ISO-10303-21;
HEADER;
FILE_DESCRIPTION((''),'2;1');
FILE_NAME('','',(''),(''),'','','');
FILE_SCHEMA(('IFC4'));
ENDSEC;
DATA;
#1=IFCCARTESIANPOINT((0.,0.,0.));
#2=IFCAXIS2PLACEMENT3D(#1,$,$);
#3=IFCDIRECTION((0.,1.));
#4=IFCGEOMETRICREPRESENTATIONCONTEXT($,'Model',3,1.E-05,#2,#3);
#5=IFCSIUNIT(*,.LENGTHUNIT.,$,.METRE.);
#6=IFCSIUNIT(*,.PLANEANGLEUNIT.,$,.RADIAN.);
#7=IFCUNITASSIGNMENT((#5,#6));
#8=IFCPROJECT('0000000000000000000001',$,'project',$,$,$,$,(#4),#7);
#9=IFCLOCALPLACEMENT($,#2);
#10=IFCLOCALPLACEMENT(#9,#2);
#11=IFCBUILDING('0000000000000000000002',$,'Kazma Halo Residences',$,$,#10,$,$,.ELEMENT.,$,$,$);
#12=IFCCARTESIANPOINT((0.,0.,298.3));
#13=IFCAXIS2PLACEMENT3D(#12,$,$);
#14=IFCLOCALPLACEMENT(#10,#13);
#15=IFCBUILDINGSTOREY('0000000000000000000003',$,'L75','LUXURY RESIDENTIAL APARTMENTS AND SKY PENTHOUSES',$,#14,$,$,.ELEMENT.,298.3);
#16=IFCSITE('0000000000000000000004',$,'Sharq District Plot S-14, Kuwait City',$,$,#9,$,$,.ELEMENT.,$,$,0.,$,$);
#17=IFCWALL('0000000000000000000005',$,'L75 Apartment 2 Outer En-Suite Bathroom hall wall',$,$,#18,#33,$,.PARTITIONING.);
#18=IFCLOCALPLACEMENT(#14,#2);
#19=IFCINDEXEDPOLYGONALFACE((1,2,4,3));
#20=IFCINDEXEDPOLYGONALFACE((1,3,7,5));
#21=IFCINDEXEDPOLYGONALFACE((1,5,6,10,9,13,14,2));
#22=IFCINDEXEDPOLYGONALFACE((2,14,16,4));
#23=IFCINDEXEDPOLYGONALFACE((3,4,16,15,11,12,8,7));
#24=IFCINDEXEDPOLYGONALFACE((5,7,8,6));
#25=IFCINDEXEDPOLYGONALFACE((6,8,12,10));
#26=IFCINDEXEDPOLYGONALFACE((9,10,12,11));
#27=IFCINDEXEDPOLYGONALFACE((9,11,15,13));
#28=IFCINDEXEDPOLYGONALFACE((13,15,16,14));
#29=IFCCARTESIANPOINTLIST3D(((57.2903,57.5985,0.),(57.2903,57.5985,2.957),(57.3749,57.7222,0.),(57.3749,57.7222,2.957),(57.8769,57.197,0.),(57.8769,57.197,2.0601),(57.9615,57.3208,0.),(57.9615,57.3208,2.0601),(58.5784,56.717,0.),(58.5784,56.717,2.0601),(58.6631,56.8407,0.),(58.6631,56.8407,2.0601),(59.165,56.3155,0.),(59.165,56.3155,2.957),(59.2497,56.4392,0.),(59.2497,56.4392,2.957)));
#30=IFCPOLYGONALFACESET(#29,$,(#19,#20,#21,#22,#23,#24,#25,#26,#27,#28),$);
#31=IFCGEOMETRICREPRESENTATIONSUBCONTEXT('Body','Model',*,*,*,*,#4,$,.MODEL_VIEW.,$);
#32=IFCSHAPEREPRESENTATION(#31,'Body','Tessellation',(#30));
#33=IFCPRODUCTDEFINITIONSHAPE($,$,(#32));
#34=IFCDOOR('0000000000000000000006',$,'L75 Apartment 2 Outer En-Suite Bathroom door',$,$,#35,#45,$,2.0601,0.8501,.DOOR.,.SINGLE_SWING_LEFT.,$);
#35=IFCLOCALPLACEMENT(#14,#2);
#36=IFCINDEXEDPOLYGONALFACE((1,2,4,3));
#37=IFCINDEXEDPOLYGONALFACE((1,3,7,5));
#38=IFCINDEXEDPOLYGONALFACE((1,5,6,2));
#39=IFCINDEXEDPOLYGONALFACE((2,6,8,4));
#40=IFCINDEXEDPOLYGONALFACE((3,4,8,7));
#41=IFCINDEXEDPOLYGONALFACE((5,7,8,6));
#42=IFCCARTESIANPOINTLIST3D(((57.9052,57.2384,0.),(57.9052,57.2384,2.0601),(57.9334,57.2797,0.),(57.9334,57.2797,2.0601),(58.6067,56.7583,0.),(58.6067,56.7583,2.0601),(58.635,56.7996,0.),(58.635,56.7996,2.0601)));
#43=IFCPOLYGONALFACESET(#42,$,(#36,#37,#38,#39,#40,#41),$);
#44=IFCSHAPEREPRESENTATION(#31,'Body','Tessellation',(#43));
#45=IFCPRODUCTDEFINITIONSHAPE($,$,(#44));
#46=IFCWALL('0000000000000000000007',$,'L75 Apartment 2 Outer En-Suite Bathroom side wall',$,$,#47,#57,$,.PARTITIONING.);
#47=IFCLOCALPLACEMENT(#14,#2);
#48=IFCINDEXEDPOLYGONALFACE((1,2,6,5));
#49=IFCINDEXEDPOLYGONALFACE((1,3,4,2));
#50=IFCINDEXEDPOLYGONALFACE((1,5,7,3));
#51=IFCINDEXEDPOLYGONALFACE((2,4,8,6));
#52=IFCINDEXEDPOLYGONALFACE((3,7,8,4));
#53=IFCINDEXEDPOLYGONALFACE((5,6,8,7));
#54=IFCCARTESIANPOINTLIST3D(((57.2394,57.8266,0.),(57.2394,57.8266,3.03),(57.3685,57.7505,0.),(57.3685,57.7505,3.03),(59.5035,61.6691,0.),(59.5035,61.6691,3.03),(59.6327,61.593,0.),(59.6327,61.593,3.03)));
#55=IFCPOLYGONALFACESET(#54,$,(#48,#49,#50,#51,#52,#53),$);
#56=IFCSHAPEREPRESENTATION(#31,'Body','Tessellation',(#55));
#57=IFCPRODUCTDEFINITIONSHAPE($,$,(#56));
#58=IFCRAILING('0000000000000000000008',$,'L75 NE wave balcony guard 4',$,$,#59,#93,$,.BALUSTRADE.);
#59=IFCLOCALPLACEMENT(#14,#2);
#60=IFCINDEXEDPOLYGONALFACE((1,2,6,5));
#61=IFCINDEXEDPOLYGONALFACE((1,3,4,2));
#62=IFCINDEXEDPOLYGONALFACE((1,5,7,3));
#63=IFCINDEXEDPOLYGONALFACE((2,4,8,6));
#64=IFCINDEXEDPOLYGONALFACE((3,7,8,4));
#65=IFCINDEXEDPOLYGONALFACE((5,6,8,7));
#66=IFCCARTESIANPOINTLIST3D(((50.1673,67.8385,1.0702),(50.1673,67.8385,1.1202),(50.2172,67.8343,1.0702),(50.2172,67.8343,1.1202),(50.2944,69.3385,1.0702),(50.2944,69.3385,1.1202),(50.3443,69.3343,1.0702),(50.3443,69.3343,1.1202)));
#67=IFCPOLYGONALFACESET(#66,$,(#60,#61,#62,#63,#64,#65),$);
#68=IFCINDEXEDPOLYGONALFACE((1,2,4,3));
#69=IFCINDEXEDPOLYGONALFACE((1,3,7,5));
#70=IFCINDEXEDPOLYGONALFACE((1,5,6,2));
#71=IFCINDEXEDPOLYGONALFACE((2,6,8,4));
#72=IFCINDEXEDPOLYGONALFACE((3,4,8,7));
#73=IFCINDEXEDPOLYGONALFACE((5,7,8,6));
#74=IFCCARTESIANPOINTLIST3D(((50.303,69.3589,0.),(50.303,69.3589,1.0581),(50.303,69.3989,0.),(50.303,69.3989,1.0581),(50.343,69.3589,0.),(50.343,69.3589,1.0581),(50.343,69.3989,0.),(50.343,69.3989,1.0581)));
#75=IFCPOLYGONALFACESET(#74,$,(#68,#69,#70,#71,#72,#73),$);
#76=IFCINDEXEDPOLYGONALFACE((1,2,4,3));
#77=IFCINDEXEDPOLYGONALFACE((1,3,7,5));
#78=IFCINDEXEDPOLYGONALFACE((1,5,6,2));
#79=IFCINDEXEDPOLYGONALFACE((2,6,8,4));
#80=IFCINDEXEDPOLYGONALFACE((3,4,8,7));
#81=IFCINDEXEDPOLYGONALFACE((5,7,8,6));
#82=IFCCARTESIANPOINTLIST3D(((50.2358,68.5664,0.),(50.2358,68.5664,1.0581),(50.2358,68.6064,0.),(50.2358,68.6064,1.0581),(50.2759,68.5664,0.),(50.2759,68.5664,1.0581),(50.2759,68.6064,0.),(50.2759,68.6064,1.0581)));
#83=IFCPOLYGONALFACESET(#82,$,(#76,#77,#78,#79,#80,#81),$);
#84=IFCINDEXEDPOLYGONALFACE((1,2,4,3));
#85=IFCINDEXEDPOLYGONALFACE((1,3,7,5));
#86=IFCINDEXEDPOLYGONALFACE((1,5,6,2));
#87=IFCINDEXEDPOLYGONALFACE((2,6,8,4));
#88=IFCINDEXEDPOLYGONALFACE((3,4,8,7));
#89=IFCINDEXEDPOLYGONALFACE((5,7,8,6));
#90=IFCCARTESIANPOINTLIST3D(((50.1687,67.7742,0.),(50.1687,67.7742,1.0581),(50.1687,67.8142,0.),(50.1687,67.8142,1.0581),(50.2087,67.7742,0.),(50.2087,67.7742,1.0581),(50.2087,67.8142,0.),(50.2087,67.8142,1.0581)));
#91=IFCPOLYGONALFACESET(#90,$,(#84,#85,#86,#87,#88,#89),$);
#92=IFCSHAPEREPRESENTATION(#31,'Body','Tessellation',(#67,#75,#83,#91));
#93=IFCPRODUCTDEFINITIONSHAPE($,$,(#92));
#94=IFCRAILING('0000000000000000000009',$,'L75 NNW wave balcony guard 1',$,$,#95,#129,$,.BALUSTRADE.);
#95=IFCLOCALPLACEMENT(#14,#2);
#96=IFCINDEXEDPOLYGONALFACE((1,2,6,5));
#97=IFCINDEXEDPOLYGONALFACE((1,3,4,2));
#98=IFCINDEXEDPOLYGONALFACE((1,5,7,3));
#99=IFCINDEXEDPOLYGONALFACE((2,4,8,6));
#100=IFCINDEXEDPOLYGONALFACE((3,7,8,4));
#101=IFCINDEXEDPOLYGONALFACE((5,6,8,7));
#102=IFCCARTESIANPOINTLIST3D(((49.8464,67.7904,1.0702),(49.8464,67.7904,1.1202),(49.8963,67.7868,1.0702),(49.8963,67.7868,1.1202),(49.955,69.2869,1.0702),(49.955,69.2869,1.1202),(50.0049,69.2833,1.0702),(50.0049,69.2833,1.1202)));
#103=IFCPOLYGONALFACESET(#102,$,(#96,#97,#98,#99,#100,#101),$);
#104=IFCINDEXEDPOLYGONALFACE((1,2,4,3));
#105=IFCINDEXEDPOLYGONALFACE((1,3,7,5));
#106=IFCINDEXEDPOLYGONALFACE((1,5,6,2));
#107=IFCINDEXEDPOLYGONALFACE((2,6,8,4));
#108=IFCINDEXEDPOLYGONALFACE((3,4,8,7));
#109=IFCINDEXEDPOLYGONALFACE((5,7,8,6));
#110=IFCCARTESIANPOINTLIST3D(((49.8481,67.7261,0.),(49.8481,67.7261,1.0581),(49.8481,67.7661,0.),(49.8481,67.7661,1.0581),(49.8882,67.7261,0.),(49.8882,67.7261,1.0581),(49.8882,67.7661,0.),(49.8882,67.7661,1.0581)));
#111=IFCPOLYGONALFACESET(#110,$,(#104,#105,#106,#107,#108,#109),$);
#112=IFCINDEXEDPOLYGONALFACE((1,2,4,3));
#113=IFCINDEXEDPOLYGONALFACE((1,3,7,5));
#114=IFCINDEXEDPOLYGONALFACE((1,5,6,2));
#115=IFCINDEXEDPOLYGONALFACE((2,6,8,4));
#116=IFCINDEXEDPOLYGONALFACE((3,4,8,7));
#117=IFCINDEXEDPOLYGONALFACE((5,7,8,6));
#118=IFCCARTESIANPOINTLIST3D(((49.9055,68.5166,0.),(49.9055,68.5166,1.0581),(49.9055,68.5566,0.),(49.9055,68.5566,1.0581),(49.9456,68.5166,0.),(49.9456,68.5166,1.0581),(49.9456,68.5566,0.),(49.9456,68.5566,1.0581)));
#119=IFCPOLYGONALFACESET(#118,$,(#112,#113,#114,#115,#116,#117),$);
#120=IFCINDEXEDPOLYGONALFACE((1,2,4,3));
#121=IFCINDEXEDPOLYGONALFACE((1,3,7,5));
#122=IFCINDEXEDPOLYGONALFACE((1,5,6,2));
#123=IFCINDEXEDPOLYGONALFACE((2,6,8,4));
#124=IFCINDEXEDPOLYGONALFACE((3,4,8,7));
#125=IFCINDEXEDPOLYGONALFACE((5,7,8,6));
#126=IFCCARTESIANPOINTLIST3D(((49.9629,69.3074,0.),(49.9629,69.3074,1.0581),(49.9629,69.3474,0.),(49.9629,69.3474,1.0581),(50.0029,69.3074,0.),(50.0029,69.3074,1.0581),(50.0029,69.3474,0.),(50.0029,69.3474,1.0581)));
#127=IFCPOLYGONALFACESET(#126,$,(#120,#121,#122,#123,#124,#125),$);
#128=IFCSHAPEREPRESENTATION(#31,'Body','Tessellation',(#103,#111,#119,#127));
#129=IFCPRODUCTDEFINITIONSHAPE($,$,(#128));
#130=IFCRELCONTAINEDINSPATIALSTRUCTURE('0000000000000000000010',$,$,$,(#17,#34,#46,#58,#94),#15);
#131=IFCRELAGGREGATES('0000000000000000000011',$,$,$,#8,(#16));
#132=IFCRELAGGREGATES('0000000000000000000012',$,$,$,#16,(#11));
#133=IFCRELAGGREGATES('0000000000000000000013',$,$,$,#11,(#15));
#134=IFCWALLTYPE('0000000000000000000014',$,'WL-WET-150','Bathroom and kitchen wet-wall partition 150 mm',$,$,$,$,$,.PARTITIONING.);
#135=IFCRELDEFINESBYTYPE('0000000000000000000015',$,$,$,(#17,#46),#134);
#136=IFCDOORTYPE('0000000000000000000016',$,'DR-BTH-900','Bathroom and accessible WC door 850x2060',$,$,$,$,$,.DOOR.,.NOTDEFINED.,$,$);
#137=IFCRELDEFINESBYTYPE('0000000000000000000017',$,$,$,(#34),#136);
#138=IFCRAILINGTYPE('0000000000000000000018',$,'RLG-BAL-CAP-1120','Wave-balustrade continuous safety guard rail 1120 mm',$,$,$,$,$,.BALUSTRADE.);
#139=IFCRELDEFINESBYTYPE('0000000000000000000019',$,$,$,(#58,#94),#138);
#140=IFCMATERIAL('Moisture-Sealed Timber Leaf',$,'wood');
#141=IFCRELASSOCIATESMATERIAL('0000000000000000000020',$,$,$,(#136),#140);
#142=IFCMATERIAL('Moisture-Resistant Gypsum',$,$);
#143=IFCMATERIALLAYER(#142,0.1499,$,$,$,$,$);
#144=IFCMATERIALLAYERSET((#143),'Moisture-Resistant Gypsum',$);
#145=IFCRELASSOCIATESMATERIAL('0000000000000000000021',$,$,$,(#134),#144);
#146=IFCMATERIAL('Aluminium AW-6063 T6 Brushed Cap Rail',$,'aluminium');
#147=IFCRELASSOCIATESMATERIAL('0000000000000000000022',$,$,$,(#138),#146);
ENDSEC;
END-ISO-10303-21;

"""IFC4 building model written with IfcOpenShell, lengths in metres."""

from ifc_helpers import new_model, si_unit, direction, frame, frame_2d, origin, origin_2d, place, context, subcontext, project, spatial, rectangle, extrude, material, layer, layer_set, type_object, element, fill, save


model = new_model("IFC4")

# Units and contexts
model_context = context("Model", 3, precision=1e-05, world=origin(), true_north=direction((0.0, 1.0)))
body_context = subcontext(model_context, "Body", "Model", "MODEL_VIEW")
ifc_project = project(units=[si_unit("LENGTHUNIT", "METRE"), si_unit("PLANEANGLEUNIT", "RADIAN")], contexts=[model_context])

# Site, building, storey
site_placement = place(None, origin())
site = spatial("IfcSite", under=ifc_project, at=site_placement, Name="Sharq District Plot S-14, Kuwait City", CompositionType="ELEMENT", RefElevation=0.0)
building_placement = place(site_placement, origin())
building = spatial("IfcBuilding", under=site, at=building_placement, Name="Kazma Halo Residences", CompositionType="ELEMENT")
storey_placement = place(building_placement, frame((0.0, 0.0, 298.3)))
storey = spatial("IfcBuildingStorey", under=building, at=storey_placement, Name="L75", Description="LUXURY RESIDENTIAL APARTMENTS AND SKY PENTHOUSES", CompositionType="ELEMENT", Elevation=298.3)

# Shared definitions
ifc_material_1 = material(Name="Moisture-Sealed Timber Leaf", Category="wood")
door_type_1 = type_object("IfcDoorType", Name="DR-BTH-900", Description="Bathroom and accessible WC door 850x2060", OperationType="NOTDEFINED", PredefinedType="DOOR", material=ifc_material_1)

# Wall, opening, door
ifc_material_2 = material(Name="Moisture-Resistant Gypsum")
ifc_layer_1 = layer(ifc_material_2, 0.1499)
ifc_layer_set_1 = layer_set([ifc_layer_1], Name="Moisture-Resistant Gypsum")
wall_type_1 = type_object("IfcWallType", Name="WL-WET-150", Description="Bathroom and kitchen wet-wall partition 150 mm", PredefinedType="PARTITIONING", material=ifc_layer_set_1)
wall_1_placement = place(storey_placement, frame((59.2073, 56.3774, 0.0), z_axis=(0.0, 0.0, 1.0), x_axis=(-0.82526, 0.564753, 0.0)))
wall_1 = element("IfcWall", 1, at=wall_1_placement, inside=storey, type_object=wall_type_1, Name="L75 Apartment 2 Outer En-Suite Bathroom hall wall", PredefinedType="PARTITIONING", context=body_context, shape_type="SweptSolid", body=[
    extrude(rectangle(XDim=2.2717, YDim=0.1499, at=frame_2d((1.1357, 0.0))), origin(), (0.0, 0.0, 1.0), 2.957),
])
opening_1_placement = place(wall_1_placement, frame((0.7107, 0.0, 0.0)))
opening_1 = element("IfcOpeningElement", 2, at=opening_1_placement, cuts=wall_1, PredefinedType="OPENING", context=body_context, shape_type="SweptSolid", body=[
    extrude(rectangle(XDim=0.8501, YDim=2.0601, at=frame_2d((0.425, 1.03))), frame((0.0, 0.085, 0.0), z_axis=(0.0, -1.0, 0.0), x_axis=(1.0, 0.0, 0.0)), (0.0, 0.0, 1.0), 0.1699),
])
door_1_placement = place(opening_1_placement, origin())
door_1 = element("IfcDoor", 3, at=door_1_placement, inside=storey, type_object=door_type_1, Name="L75 Apartment 2 Outer En-Suite Bathroom door", OperationType="SINGLE_SWING_LEFT", OverallHeight=2.0601, OverallWidth=0.8501, PredefinedType="DOOR", context=body_context, shape_type="SweptSolid", body=[
    extrude(rectangle(XDim=0.8501, YDim=2.0601, at=frame_2d((0.425, 1.03))), frame((0.0, 0.0249, 0.0), z_axis=(0.0, -1.0, 0.0), x_axis=(1.0, 0.0, 0.0)), (0.0, 0.0, 1.0), 0.05),
])
fill(opening_1, door_1)

# Wall
wall_2_placement = place(storey_placement, frame((57.304, 57.7886, 0.0), z_axis=(0.0, 0.0, 1.0), x_axis=(0.507661, 0.861557, 0.0)))
element("IfcWall", 4, at=wall_2_placement, inside=storey, type_object=wall_type_1, Name="L75 Apartment 2 Outer En-Suite Bathroom side wall", PredefinedType="PARTITIONING", context=body_context, shape_type="SweptSolid", body=[
    extrude(rectangle(XDim=4.46, YDim=0.1499, at=frame_2d((2.23, 0.0))), origin(), (0.0, 0.0, 1.0), 3.03),
])

# Railings
ifc_material_3 = material(Name="Aluminium AW-6063 T6 Brushed Cap Rail", Category="aluminium")
railing_type = type_object("IfcRailingType", Name="RLG-BAL-CAP-1120", Description="Wave-balustrade continuous safety guard rail 1120 mm", PredefinedType="BALUSTRADE", material=ifc_material_3)
railing_1_placement = place(storey_placement, frame((50.323, 69.3789, 0.0)))
element("IfcRailing", 5, at=railing_1_placement, inside=storey, type_object=railing_type, Name="L75 NE wave balcony guard 4", PredefinedType="BALUSTRADE", context=body_context, shape_type="SweptSolid", body=[
    extrude(rectangle(XDim=0.05, YDim=0.05, at=origin_2d()), frame((-0.0037, -0.0425, 1.0952), z_axis=(-0.08443, -0.996429, 0.0), x_axis=(0.996429, -0.08443, 0.0)), (0.0, 0.0, 1.0), 1.5054),
    extrude(rectangle(XDim=0.04, YDim=0.04, at=origin_2d()), origin(), (0.0, 0.0, 1.0), 1.0581),
    extrude(rectangle(XDim=0.04, YDim=0.04, at=origin_2d()), frame((-0.0671, -0.7925, 0.0)), (0.0, 0.0, 1.0), 1.0581),
    extrude(rectangle(XDim=0.04, YDim=0.04, at=origin_2d()), frame((-0.1343, -1.5847, 0.0)), (0.0, 0.0, 1.0), 1.0581),
])
railing_2_placement = place(storey_placement, frame((49.8682, 67.7461, 0.0)))
element("IfcRailing", 6, at=railing_2_placement, inside=storey, type_object=railing_type, Name="L75 NNW wave balcony guard 1", PredefinedType="BALUSTRADE", context=body_context, shape_type="SweptSolid", body=[
    extrude(rectangle(XDim=0.05, YDim=0.05, at=origin_2d()), frame((0.0032, 0.0425, 1.0952), z_axis=(0.072374, 0.997378, 0.0), x_axis=(-0.997378, 0.072374, 0.0)), (0.0, 0.0, 1.0), 1.5005),
    extrude(rectangle(XDim=0.04, YDim=0.04, at=origin_2d()), origin(), (0.0, 0.0, 1.0), 1.0581),
    extrude(rectangle(XDim=0.04, YDim=0.04, at=origin_2d()), frame((0.0574, 0.7905, 0.0)), (0.0, 0.0, 1.0), 1.0581),
    extrude(rectangle(XDim=0.04, YDim=0.04, at=origin_2d()), frame((0.1147, 1.5813, 0.0)), (0.0, 0.0, 1.0), 1.0581),
])

save(model, "model.ifc")
